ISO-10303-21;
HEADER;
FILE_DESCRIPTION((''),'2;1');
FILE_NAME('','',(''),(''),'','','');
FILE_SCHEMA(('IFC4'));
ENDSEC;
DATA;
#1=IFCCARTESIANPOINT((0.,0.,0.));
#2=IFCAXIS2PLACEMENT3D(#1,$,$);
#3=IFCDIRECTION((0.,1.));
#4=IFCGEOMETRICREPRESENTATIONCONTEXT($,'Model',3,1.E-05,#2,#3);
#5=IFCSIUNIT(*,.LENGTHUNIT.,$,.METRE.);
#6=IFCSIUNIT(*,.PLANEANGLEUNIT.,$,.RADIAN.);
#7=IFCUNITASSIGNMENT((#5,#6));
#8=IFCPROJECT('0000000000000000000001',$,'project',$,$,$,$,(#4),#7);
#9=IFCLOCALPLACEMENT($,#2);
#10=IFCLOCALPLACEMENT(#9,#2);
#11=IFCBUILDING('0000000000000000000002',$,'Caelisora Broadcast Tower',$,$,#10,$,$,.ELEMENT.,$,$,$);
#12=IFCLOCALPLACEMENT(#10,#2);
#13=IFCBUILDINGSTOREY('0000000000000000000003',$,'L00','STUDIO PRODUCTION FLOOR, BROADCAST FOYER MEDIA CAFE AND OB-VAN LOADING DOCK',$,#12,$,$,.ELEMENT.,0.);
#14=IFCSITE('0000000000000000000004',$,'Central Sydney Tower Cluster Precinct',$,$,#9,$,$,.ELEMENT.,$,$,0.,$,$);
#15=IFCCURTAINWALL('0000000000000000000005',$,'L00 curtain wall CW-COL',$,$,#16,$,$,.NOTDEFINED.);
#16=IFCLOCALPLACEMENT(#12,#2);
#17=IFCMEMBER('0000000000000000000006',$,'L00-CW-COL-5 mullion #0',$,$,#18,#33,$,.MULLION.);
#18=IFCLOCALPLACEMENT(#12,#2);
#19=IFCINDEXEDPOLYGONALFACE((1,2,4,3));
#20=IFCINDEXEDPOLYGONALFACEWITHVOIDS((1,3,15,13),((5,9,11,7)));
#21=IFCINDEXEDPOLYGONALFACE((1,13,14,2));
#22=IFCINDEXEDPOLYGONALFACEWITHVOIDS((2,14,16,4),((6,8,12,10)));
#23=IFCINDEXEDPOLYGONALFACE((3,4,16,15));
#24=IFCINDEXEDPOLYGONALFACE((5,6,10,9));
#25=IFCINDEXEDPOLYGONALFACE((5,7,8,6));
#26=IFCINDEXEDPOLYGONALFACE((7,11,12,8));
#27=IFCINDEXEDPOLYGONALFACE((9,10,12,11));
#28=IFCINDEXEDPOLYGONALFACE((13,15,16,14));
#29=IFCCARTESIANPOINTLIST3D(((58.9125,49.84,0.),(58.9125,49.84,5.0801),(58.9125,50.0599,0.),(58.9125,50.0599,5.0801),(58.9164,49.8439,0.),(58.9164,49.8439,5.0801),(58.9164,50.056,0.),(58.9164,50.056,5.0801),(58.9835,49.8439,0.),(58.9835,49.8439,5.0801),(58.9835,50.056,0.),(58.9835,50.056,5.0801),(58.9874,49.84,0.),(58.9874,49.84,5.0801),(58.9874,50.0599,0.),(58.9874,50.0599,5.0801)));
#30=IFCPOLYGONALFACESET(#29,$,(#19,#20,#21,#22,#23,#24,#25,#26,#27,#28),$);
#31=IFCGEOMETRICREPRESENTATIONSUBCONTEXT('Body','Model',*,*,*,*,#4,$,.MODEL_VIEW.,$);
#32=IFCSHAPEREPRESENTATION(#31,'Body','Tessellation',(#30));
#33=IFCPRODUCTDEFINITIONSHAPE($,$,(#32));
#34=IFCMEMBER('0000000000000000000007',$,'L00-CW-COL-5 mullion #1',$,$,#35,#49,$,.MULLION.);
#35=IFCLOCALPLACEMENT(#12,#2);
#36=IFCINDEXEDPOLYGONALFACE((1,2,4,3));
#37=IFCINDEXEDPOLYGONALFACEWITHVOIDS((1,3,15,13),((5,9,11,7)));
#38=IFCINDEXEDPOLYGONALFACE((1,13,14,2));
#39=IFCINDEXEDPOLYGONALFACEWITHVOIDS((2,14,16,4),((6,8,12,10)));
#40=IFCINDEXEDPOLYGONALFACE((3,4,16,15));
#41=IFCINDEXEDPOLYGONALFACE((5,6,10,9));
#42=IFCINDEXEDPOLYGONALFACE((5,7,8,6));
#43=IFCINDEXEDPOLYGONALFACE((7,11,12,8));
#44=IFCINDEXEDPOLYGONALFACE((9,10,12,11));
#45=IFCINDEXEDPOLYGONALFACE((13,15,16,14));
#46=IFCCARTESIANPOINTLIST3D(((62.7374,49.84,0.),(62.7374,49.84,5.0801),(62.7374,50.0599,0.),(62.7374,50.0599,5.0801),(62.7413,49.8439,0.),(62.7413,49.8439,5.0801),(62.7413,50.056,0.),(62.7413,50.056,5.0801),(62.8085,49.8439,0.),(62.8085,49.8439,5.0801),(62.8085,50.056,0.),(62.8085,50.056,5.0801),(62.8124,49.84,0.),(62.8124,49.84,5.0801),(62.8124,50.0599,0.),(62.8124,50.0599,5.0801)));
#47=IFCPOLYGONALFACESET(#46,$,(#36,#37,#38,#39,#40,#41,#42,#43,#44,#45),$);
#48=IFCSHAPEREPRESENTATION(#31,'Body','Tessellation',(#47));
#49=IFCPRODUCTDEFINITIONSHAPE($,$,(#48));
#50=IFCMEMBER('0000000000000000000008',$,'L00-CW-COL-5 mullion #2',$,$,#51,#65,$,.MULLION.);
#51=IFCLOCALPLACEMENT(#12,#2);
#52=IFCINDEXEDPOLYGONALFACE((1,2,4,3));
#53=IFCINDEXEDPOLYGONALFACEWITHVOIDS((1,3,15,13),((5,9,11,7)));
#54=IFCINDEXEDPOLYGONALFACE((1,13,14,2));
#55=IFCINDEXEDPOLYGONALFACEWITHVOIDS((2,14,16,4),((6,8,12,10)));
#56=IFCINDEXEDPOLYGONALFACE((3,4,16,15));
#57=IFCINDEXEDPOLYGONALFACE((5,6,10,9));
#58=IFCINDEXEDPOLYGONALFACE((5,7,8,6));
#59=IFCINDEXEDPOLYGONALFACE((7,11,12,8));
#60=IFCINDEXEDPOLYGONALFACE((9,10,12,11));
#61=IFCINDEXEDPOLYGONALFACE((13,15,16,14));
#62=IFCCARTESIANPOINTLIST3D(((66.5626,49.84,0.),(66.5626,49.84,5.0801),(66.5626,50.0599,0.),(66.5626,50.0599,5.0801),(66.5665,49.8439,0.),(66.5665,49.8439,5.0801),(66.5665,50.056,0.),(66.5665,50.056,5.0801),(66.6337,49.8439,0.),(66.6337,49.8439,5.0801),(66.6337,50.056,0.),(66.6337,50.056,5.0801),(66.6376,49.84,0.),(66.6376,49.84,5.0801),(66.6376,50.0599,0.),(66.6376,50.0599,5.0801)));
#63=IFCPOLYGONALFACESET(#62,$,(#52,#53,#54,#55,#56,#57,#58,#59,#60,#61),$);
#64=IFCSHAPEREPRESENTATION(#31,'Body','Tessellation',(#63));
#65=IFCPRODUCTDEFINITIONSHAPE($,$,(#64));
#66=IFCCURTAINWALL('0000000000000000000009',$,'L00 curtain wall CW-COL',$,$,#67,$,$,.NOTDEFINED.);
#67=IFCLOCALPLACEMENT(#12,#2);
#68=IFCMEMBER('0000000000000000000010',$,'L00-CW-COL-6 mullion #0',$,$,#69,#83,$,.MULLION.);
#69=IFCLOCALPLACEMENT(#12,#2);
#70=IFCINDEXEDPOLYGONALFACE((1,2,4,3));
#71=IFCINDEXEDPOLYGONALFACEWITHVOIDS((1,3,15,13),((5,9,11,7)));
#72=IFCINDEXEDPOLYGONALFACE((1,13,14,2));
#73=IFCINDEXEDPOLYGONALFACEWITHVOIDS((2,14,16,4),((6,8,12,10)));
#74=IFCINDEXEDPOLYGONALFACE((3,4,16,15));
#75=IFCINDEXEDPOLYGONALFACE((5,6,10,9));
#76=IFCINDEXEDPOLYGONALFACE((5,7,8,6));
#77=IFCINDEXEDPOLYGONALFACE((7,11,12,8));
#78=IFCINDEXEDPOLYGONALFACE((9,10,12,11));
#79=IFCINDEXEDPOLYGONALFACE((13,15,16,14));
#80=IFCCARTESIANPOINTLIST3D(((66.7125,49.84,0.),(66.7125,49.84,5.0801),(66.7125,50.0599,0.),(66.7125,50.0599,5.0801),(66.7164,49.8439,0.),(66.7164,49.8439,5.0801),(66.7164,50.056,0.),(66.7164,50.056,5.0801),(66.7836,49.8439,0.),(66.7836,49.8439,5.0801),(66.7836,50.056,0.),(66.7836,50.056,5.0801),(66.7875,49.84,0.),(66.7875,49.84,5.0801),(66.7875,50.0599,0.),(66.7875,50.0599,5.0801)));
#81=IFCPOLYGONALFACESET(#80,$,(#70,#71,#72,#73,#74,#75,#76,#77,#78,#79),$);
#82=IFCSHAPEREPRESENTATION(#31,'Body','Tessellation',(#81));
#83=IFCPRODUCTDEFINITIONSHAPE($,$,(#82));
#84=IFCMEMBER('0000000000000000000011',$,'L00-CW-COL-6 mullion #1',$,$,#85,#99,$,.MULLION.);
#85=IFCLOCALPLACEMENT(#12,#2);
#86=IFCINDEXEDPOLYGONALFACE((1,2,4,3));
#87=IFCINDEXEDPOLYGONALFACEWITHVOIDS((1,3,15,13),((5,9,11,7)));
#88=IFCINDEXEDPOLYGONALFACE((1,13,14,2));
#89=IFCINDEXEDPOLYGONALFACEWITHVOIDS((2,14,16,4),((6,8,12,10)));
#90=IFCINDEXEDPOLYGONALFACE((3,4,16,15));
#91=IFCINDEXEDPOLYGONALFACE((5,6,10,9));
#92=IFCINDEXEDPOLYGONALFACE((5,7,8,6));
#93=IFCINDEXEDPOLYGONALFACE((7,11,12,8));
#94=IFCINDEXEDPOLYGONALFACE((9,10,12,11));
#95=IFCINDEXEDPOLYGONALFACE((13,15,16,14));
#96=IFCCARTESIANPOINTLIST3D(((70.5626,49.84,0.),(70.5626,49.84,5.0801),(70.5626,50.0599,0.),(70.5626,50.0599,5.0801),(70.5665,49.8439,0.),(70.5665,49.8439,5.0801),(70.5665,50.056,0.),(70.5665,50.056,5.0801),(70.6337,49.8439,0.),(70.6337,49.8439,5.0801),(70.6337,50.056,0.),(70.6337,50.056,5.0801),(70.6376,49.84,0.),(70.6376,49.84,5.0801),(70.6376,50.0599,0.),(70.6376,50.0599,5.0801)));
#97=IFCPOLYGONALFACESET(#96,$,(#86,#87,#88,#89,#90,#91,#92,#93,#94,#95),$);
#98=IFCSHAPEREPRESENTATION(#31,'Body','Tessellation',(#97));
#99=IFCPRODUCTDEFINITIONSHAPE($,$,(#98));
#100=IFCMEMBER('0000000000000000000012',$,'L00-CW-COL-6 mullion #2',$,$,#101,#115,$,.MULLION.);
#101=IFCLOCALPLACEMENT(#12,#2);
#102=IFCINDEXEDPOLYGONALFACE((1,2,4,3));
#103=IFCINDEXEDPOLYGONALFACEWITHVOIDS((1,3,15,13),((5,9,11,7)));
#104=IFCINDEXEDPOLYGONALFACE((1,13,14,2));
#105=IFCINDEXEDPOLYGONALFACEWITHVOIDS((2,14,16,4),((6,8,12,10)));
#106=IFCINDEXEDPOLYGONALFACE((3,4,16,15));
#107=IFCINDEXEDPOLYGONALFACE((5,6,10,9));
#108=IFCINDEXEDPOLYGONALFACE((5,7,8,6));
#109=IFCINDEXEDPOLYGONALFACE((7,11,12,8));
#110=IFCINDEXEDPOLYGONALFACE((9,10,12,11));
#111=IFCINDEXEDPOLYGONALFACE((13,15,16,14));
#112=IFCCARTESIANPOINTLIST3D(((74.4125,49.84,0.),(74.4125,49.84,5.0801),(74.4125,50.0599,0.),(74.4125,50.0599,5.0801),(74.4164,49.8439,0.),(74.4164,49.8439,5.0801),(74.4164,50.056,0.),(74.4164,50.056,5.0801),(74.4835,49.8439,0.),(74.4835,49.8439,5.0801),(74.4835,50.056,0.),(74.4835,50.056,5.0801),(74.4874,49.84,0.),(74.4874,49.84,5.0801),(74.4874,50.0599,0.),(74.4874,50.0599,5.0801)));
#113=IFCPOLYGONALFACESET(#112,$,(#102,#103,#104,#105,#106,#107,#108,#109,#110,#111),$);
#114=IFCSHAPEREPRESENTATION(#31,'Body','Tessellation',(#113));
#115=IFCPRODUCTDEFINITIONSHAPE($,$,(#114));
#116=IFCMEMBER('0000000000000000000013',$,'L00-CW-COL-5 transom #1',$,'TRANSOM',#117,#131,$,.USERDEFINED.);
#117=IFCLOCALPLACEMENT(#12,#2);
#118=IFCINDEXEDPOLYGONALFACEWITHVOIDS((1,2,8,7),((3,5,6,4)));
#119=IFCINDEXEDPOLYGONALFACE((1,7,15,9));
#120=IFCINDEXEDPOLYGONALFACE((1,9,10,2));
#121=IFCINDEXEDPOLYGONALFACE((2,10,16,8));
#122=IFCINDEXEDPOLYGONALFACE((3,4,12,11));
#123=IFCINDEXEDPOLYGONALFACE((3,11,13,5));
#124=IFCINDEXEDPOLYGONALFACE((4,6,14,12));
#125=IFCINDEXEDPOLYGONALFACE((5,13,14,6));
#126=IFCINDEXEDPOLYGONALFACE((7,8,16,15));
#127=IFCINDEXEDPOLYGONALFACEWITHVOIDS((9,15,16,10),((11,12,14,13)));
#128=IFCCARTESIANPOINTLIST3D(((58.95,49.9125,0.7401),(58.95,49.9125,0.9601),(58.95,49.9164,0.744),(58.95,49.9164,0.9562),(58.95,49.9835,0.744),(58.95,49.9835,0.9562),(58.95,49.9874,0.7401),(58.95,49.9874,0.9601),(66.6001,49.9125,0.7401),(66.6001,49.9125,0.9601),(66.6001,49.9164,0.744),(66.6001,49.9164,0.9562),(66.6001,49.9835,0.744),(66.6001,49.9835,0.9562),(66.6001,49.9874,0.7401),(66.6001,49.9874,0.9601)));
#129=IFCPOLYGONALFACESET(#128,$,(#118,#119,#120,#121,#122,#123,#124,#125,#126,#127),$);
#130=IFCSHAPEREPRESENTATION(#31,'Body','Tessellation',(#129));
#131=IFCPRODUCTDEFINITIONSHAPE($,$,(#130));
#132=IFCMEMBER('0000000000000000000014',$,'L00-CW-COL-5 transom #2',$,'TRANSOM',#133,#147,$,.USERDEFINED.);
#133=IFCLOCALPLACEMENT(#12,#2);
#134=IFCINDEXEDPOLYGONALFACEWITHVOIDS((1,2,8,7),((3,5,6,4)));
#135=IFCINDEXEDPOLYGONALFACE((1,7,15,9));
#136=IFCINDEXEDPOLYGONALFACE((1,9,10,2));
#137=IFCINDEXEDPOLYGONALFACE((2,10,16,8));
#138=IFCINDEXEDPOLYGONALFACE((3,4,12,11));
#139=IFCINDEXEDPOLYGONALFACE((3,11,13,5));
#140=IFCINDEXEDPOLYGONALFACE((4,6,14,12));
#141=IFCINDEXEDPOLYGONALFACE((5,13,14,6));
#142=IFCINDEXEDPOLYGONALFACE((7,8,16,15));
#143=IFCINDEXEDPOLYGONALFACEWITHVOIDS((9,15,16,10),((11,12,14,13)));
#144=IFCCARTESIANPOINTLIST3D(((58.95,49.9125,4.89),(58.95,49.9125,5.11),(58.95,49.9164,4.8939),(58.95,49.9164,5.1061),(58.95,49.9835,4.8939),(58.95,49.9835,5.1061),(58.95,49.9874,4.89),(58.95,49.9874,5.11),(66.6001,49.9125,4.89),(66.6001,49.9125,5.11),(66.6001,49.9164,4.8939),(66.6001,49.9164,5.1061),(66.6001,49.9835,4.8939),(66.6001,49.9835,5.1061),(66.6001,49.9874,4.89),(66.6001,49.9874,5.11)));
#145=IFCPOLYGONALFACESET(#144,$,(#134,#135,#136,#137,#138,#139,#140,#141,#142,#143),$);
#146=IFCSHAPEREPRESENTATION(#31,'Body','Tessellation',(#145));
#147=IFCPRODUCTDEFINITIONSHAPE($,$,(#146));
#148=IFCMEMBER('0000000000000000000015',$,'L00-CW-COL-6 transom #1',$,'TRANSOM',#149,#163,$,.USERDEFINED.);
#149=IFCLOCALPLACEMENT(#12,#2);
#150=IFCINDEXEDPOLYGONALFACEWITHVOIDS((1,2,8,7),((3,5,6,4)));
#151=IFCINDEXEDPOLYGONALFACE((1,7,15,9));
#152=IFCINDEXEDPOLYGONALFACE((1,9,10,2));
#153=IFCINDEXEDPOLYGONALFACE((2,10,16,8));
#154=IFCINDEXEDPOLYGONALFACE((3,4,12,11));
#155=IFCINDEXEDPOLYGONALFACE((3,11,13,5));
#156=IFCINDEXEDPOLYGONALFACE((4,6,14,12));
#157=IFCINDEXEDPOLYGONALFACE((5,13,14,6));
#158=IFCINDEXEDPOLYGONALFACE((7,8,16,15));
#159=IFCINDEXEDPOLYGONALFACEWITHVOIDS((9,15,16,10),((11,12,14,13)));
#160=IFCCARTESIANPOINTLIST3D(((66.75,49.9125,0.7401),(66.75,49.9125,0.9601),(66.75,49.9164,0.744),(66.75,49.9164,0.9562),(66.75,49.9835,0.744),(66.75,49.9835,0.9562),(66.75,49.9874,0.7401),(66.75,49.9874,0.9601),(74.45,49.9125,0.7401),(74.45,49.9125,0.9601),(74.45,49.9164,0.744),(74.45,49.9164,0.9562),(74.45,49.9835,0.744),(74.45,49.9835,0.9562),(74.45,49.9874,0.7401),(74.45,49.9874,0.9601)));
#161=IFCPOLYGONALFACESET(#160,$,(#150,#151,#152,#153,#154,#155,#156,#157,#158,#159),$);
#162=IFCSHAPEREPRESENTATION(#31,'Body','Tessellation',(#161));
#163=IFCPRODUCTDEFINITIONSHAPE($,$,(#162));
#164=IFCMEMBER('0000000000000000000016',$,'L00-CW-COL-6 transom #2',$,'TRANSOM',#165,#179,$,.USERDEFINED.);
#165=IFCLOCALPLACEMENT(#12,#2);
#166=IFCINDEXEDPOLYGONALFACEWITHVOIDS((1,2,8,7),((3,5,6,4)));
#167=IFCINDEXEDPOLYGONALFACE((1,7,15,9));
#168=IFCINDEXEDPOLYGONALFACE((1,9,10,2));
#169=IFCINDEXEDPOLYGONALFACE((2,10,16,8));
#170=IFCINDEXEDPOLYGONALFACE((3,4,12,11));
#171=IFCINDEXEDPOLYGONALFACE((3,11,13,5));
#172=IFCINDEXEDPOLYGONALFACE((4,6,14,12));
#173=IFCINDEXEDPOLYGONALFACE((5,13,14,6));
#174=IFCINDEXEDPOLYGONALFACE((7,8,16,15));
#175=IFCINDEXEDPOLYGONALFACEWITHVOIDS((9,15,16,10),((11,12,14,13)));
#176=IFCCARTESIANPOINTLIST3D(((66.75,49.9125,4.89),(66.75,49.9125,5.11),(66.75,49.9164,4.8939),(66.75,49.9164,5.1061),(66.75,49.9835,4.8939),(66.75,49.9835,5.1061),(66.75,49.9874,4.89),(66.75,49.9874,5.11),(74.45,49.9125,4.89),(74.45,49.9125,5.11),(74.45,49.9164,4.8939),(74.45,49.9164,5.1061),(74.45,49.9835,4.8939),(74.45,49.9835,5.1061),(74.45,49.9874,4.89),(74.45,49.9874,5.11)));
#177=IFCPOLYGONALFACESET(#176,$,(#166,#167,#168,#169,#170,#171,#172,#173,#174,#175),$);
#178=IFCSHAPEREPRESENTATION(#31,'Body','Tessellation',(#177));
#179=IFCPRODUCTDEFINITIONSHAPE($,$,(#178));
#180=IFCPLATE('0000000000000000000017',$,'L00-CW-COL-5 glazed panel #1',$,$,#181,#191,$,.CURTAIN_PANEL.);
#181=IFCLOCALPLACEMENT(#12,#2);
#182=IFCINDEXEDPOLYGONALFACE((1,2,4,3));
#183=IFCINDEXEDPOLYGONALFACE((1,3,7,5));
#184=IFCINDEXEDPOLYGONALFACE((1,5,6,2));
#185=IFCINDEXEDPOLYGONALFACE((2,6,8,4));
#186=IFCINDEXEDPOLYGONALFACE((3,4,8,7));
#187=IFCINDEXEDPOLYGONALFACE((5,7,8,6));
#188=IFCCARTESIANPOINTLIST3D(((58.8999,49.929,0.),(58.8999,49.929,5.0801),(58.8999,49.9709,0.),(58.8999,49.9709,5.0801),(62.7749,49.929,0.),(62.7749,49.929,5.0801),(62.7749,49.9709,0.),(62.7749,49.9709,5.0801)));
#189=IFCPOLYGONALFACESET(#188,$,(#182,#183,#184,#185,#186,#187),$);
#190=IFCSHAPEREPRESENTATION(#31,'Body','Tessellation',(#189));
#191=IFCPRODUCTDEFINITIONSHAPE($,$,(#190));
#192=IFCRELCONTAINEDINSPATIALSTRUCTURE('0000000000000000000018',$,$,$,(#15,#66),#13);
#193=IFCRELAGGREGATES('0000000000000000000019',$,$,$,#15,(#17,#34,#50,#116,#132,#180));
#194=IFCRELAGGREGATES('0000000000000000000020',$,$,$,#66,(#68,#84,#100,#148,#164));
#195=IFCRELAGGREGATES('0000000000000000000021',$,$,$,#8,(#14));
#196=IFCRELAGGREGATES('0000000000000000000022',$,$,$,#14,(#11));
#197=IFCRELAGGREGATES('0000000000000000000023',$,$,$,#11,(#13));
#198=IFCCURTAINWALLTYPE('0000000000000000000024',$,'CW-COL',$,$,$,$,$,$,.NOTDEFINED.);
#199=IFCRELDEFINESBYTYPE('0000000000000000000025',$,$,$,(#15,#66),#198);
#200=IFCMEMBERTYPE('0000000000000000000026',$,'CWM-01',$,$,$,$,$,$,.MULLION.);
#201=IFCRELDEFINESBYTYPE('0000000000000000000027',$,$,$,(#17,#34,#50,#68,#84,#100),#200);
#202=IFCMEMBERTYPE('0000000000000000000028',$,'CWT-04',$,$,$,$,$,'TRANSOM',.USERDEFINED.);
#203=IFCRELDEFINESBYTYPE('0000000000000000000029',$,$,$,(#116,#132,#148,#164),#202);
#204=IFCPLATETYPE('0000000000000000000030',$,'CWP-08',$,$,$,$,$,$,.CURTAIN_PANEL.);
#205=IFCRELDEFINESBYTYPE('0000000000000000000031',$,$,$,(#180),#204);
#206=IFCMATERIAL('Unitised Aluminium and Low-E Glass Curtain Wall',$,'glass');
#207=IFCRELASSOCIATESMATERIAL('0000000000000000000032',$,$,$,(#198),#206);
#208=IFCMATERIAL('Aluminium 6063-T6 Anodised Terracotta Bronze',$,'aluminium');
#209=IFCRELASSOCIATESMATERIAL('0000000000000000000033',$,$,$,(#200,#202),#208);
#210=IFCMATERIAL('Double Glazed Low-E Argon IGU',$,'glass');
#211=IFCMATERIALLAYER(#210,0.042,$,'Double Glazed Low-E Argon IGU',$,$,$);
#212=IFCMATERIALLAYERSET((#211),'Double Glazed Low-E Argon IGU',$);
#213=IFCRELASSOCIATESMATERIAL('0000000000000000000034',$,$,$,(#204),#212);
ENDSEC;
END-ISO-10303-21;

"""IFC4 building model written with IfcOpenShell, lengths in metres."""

from ifc_helpers import new_model, si_unit, direction, frame, origin, origin_2d, place, context, subcontext, project, spatial, rectangle, hollow_rectangle, extrude, source, transform, mapped, material, layer, layer_set, material_profile, profile_set, type_object, type_shapes, element, aggregate, save


model = new_model("IFC4")

# Units and contexts
model_context = context("Model", 3, precision=1e-05, world=origin(), true_north=direction((0.0, 1.0)))
body_context = subcontext(model_context, "Body", "Model", "MODEL_VIEW")
ifc_project = project(units=[si_unit("LENGTHUNIT", "METRE"), si_unit("PLANEANGLEUNIT", "RADIAN")], contexts=[model_context])

# Site, building, storey
site_placement = place(None, origin())
site = spatial("IfcSite", under=ifc_project, at=site_placement, Name="Central Sydney Tower Cluster Precinct", CompositionType="ELEMENT", RefElevation=0.0)
building_placement = place(site_placement, origin())
building = spatial("IfcBuilding", under=site, at=building_placement, Name="Caelisora Broadcast Tower", CompositionType="ELEMENT")
storey_placement = place(building_placement, origin())
storey = spatial("IfcBuildingStorey", under=building, at=storey_placement, Name="L00", Description="STUDIO PRODUCTION FLOOR, BROADCAST FOYER MEDIA CAFE AND OB-VAN LOADING DOCK", CompositionType="ELEMENT", Elevation=0.0)

# Curtain walls, members
ifc_material_1 = material(Name="Unitised Aluminium and Low-E Glass Curtain Wall", Category="glass")
curtain_wall_type = type_object("IfcCurtainWallType", Name="CW-COL", PredefinedType="NOTDEFINED", material=ifc_material_1)
curtain_wall_1_placement = place(storey_placement, origin())
curtain_wall_1 = element("IfcCurtainWall", 1, at=curtain_wall_1_placement, inside=storey, type_object=curtain_wall_type, Name="L00 curtain wall CW-COL", PredefinedType="NOTDEFINED")
ifc_material_2 = material(Name="Aluminium 6063-T6 Anodised Terracotta Bronze", Category="aluminium")
ifc_material_profile_1 = material_profile(ifc_material_2, hollow_rectangle(XDim=0.075, YDim=0.22, WallThickness=0.0039, at=origin_2d()), Name="Aluminium 6063-T6 Anodised Terracotta Bronze")
ifc_profile_set_1 = profile_set([ifc_material_profile_1], Name="Aluminium 6063-T6 Anodised Terracotta Bronze")
member_type_1 = type_object("IfcMemberType", Name="CWM-01", PredefinedType="MULLION", material=ifc_profile_set_1)
shared_shape_1 = source(origin(), body_context, "Body", "SweptSolid", [
    extrude(hollow_rectangle(XDim=0.075, YDim=0.22, WallThickness=0.0039, at=origin_2d()), origin(), (0.0, 0.0, 1.0), 5.0801),
])
type_shapes(member_type_1, [shared_shape_1])
member_1_placement = place(storey_placement, frame((58.95, 49.95, 0.0), z_axis=(0.0, 0.0, 1.0), x_axis=(1.0, 0.0, 0.0)))
member_1 = element("IfcMember", 2, at=member_1_placement, type_object=member_type_1, Name="L00-CW-COL-5 mullion #0", PredefinedType="MULLION", context=body_context, shape_type="MappedRepresentation", body=[
    mapped(shared_shape_1, transform((0.0, 0.0, 0.0), scale=1.0)),
])
member_2_placement = place(storey_placement, frame((62.7749, 49.95, 0.0), z_axis=(0.0, 0.0, 1.0), x_axis=(1.0, 0.0, 0.0)))
member_2 = element("IfcMember", 3, at=member_2_placement, type_object=member_type_1, Name="L00-CW-COL-5 mullion #1", PredefinedType="MULLION", context=body_context, shape_type="MappedRepresentation", body=[
    mapped(shared_shape_1, transform((0.0, 0.0, 0.0), scale=1.0)),
])
member_3_placement = place(storey_placement, frame((66.6001, 49.95, 0.0), z_axis=(0.0, 0.0, 1.0), x_axis=(1.0, 0.0, 0.0)))
member_3 = element("IfcMember", 4, at=member_3_placement, type_object=member_type_1, Name="L00-CW-COL-5 mullion #2", PredefinedType="MULLION", context=body_context, shape_type="MappedRepresentation", body=[
    mapped(shared_shape_1, transform((0.0, 0.0, 0.0), scale=1.0)),
])
curtain_wall_2_placement = place(storey_placement, origin())
curtain_wall_2 = element("IfcCurtainWall", 5, at=curtain_wall_2_placement, inside=storey, type_object=curtain_wall_type, Name="L00 curtain wall CW-COL", PredefinedType="NOTDEFINED")
member_4_placement = place(storey_placement, frame((66.75, 49.95, 0.0), z_axis=(0.0, 0.0, 1.0), x_axis=(1.0, 0.0, 0.0)))
member_4 = element("IfcMember", 6, at=member_4_placement, type_object=member_type_1, Name="L00-CW-COL-6 mullion #0", PredefinedType="MULLION", context=body_context, shape_type="MappedRepresentation", body=[
    mapped(shared_shape_1, transform((0.0, 0.0, 0.0), scale=1.0)),
])
member_5_placement = place(storey_placement, frame((70.6001, 49.95, 0.0), z_axis=(0.0, 0.0, 1.0), x_axis=(1.0, 0.0, 0.0)))
member_5 = element("IfcMember", 7, at=member_5_placement, type_object=member_type_1, Name="L00-CW-COL-6 mullion #1", PredefinedType="MULLION", context=body_context, shape_type="MappedRepresentation", body=[
    mapped(shared_shape_1, transform((0.0, 0.0, 0.0), scale=1.0)),
])
member_6_placement = place(storey_placement, frame((74.45, 49.95, 0.0), z_axis=(0.0, 0.0, 1.0), x_axis=(1.0, 0.0, 0.0)))
member_6 = element("IfcMember", 8, at=member_6_placement, type_object=member_type_1, Name="L00-CW-COL-6 mullion #2", PredefinedType="MULLION", context=body_context, shape_type="MappedRepresentation", body=[
    mapped(shared_shape_1, transform((0.0, 0.0, 0.0), scale=1.0)),
])

# Members
ifc_material_profile_2 = material_profile(ifc_material_2, hollow_rectangle(XDim=0.075, YDim=0.22, WallThickness=0.0039, at=origin_2d()), Name="Aluminium 6063-T6 Anodised Terracotta Bronze")
ifc_profile_set_2 = profile_set([ifc_material_profile_2], Name="Aluminium 6063-T6 Anodised Terracotta Bronze")
member_type_2 = type_object("IfcMemberType", Name="CWT-04", ElementType="TRANSOM", PredefinedType="USERDEFINED", material=ifc_profile_set_2)
shared_shape_2 = source(origin(), body_context, "Body", "SweptSolid", [
    extrude(hollow_rectangle(XDim=0.075, YDim=0.22, WallThickness=0.0039, at=origin_2d()), origin(), (0.0, 0.0, 1.0), 7.6501),
])
member_7_placement = place(storey_placement, frame((58.95, 49.95, 0.8501), z_axis=(1.0, 0.0, 0.0), x_axis=(0.0, 1.0, 0.0)))
member_7 = element("IfcMember", 9, at=member_7_placement, type_object=member_type_2, Name="L00-CW-COL-5 transom #1", ObjectType="TRANSOM", PredefinedType="USERDEFINED", context=body_context, shape_type="MappedRepresentation", body=[
    mapped(shared_shape_2, transform((0.0, 0.0, 0.0), scale=1.0)),
])
member_8_placement = place(storey_placement, frame((58.95, 49.95, 5.0), z_axis=(1.0, 0.0, 0.0), x_axis=(0.0, 1.0, 0.0)))
member_8 = element("IfcMember", 10, at=member_8_placement, type_object=member_type_2, Name="L00-CW-COL-5 transom #2", ObjectType="TRANSOM", PredefinedType="USERDEFINED", context=body_context, shape_type="MappedRepresentation", body=[
    mapped(shared_shape_2, transform((0.0, 0.0, 0.0), scale=1.0)),
])
shared_shape_3 = source(origin(), body_context, "Body", "SweptSolid", [
    extrude(hollow_rectangle(XDim=0.075, YDim=0.22, WallThickness=0.0039, at=origin_2d()), origin(), (0.0, 0.0, 1.0), 7.7),
])
type_shapes(member_type_2, [shared_shape_2, shared_shape_3])
member_9_placement = place(storey_placement, frame((66.75, 49.95, 0.8501), z_axis=(1.0, 0.0, 0.0), x_axis=(0.0, 1.0, 0.0)))
member_9 = element("IfcMember", 11, at=member_9_placement, type_object=member_type_2, Name="L00-CW-COL-6 transom #1", ObjectType="TRANSOM", PredefinedType="USERDEFINED", context=body_context, shape_type="MappedRepresentation", body=[
    mapped(shared_shape_3, transform((0.0, 0.0, 0.0), scale=1.0)),
])
member_10_placement = place(storey_placement, frame((66.75, 49.95, 5.0), z_axis=(1.0, 0.0, 0.0), x_axis=(0.0, 1.0, 0.0)))
member_10 = element("IfcMember", 12, at=member_10_placement, type_object=member_type_2, Name="L00-CW-COL-6 transom #2", ObjectType="TRANSOM", PredefinedType="USERDEFINED", context=body_context, shape_type="MappedRepresentation", body=[
    mapped(shared_shape_3, transform((0.0, 0.0, 0.0), scale=1.0)),
])

# Plate
ifc_material_3 = material(Name="Double Glazed Low-E Argon IGU", Category="glass")
ifc_layer_1 = layer(ifc_material_3, 0.042, Name="Double Glazed Low-E Argon IGU")
ifc_layer_set_1 = layer_set([ifc_layer_1], Name="Double Glazed Low-E Argon IGU")
plate_type = type_object("IfcPlateType", Name="CWP-08", PredefinedType="CURTAIN_PANEL", material=ifc_layer_set_1)
shared_shape_4 = source(origin(), body_context, "Body", "SweptSolid", [
    extrude(rectangle(XDim=3.875, YDim=0.042, at=origin_2d()), origin(), (0.0, 0.0, 1.0), 5.0801),
])
plate_1_placement = place(storey_placement, frame((60.8374, 49.95, 0.0), z_axis=(0.0, 0.0, 1.0), x_axis=(1.0, 0.0, 0.0)))
plate_1 = element("IfcPlate", 13, at=plate_1_placement, type_object=plate_type, Name="L00-CW-COL-5 glazed panel #1", PredefinedType="CURTAIN_PANEL", context=body_context, shape_type="MappedRepresentation", body=[
    mapped(shared_shape_4, transform((0.0, 0.0, 0.0), scale=1.0)),
])
aggregate(curtain_wall_1, [member_1, member_2, member_3, member_7, member_8, plate_1])
aggregate(curtain_wall_2, [member_4, member_5, member_6, member_9, member_10])

save(model, "model.ifc")
